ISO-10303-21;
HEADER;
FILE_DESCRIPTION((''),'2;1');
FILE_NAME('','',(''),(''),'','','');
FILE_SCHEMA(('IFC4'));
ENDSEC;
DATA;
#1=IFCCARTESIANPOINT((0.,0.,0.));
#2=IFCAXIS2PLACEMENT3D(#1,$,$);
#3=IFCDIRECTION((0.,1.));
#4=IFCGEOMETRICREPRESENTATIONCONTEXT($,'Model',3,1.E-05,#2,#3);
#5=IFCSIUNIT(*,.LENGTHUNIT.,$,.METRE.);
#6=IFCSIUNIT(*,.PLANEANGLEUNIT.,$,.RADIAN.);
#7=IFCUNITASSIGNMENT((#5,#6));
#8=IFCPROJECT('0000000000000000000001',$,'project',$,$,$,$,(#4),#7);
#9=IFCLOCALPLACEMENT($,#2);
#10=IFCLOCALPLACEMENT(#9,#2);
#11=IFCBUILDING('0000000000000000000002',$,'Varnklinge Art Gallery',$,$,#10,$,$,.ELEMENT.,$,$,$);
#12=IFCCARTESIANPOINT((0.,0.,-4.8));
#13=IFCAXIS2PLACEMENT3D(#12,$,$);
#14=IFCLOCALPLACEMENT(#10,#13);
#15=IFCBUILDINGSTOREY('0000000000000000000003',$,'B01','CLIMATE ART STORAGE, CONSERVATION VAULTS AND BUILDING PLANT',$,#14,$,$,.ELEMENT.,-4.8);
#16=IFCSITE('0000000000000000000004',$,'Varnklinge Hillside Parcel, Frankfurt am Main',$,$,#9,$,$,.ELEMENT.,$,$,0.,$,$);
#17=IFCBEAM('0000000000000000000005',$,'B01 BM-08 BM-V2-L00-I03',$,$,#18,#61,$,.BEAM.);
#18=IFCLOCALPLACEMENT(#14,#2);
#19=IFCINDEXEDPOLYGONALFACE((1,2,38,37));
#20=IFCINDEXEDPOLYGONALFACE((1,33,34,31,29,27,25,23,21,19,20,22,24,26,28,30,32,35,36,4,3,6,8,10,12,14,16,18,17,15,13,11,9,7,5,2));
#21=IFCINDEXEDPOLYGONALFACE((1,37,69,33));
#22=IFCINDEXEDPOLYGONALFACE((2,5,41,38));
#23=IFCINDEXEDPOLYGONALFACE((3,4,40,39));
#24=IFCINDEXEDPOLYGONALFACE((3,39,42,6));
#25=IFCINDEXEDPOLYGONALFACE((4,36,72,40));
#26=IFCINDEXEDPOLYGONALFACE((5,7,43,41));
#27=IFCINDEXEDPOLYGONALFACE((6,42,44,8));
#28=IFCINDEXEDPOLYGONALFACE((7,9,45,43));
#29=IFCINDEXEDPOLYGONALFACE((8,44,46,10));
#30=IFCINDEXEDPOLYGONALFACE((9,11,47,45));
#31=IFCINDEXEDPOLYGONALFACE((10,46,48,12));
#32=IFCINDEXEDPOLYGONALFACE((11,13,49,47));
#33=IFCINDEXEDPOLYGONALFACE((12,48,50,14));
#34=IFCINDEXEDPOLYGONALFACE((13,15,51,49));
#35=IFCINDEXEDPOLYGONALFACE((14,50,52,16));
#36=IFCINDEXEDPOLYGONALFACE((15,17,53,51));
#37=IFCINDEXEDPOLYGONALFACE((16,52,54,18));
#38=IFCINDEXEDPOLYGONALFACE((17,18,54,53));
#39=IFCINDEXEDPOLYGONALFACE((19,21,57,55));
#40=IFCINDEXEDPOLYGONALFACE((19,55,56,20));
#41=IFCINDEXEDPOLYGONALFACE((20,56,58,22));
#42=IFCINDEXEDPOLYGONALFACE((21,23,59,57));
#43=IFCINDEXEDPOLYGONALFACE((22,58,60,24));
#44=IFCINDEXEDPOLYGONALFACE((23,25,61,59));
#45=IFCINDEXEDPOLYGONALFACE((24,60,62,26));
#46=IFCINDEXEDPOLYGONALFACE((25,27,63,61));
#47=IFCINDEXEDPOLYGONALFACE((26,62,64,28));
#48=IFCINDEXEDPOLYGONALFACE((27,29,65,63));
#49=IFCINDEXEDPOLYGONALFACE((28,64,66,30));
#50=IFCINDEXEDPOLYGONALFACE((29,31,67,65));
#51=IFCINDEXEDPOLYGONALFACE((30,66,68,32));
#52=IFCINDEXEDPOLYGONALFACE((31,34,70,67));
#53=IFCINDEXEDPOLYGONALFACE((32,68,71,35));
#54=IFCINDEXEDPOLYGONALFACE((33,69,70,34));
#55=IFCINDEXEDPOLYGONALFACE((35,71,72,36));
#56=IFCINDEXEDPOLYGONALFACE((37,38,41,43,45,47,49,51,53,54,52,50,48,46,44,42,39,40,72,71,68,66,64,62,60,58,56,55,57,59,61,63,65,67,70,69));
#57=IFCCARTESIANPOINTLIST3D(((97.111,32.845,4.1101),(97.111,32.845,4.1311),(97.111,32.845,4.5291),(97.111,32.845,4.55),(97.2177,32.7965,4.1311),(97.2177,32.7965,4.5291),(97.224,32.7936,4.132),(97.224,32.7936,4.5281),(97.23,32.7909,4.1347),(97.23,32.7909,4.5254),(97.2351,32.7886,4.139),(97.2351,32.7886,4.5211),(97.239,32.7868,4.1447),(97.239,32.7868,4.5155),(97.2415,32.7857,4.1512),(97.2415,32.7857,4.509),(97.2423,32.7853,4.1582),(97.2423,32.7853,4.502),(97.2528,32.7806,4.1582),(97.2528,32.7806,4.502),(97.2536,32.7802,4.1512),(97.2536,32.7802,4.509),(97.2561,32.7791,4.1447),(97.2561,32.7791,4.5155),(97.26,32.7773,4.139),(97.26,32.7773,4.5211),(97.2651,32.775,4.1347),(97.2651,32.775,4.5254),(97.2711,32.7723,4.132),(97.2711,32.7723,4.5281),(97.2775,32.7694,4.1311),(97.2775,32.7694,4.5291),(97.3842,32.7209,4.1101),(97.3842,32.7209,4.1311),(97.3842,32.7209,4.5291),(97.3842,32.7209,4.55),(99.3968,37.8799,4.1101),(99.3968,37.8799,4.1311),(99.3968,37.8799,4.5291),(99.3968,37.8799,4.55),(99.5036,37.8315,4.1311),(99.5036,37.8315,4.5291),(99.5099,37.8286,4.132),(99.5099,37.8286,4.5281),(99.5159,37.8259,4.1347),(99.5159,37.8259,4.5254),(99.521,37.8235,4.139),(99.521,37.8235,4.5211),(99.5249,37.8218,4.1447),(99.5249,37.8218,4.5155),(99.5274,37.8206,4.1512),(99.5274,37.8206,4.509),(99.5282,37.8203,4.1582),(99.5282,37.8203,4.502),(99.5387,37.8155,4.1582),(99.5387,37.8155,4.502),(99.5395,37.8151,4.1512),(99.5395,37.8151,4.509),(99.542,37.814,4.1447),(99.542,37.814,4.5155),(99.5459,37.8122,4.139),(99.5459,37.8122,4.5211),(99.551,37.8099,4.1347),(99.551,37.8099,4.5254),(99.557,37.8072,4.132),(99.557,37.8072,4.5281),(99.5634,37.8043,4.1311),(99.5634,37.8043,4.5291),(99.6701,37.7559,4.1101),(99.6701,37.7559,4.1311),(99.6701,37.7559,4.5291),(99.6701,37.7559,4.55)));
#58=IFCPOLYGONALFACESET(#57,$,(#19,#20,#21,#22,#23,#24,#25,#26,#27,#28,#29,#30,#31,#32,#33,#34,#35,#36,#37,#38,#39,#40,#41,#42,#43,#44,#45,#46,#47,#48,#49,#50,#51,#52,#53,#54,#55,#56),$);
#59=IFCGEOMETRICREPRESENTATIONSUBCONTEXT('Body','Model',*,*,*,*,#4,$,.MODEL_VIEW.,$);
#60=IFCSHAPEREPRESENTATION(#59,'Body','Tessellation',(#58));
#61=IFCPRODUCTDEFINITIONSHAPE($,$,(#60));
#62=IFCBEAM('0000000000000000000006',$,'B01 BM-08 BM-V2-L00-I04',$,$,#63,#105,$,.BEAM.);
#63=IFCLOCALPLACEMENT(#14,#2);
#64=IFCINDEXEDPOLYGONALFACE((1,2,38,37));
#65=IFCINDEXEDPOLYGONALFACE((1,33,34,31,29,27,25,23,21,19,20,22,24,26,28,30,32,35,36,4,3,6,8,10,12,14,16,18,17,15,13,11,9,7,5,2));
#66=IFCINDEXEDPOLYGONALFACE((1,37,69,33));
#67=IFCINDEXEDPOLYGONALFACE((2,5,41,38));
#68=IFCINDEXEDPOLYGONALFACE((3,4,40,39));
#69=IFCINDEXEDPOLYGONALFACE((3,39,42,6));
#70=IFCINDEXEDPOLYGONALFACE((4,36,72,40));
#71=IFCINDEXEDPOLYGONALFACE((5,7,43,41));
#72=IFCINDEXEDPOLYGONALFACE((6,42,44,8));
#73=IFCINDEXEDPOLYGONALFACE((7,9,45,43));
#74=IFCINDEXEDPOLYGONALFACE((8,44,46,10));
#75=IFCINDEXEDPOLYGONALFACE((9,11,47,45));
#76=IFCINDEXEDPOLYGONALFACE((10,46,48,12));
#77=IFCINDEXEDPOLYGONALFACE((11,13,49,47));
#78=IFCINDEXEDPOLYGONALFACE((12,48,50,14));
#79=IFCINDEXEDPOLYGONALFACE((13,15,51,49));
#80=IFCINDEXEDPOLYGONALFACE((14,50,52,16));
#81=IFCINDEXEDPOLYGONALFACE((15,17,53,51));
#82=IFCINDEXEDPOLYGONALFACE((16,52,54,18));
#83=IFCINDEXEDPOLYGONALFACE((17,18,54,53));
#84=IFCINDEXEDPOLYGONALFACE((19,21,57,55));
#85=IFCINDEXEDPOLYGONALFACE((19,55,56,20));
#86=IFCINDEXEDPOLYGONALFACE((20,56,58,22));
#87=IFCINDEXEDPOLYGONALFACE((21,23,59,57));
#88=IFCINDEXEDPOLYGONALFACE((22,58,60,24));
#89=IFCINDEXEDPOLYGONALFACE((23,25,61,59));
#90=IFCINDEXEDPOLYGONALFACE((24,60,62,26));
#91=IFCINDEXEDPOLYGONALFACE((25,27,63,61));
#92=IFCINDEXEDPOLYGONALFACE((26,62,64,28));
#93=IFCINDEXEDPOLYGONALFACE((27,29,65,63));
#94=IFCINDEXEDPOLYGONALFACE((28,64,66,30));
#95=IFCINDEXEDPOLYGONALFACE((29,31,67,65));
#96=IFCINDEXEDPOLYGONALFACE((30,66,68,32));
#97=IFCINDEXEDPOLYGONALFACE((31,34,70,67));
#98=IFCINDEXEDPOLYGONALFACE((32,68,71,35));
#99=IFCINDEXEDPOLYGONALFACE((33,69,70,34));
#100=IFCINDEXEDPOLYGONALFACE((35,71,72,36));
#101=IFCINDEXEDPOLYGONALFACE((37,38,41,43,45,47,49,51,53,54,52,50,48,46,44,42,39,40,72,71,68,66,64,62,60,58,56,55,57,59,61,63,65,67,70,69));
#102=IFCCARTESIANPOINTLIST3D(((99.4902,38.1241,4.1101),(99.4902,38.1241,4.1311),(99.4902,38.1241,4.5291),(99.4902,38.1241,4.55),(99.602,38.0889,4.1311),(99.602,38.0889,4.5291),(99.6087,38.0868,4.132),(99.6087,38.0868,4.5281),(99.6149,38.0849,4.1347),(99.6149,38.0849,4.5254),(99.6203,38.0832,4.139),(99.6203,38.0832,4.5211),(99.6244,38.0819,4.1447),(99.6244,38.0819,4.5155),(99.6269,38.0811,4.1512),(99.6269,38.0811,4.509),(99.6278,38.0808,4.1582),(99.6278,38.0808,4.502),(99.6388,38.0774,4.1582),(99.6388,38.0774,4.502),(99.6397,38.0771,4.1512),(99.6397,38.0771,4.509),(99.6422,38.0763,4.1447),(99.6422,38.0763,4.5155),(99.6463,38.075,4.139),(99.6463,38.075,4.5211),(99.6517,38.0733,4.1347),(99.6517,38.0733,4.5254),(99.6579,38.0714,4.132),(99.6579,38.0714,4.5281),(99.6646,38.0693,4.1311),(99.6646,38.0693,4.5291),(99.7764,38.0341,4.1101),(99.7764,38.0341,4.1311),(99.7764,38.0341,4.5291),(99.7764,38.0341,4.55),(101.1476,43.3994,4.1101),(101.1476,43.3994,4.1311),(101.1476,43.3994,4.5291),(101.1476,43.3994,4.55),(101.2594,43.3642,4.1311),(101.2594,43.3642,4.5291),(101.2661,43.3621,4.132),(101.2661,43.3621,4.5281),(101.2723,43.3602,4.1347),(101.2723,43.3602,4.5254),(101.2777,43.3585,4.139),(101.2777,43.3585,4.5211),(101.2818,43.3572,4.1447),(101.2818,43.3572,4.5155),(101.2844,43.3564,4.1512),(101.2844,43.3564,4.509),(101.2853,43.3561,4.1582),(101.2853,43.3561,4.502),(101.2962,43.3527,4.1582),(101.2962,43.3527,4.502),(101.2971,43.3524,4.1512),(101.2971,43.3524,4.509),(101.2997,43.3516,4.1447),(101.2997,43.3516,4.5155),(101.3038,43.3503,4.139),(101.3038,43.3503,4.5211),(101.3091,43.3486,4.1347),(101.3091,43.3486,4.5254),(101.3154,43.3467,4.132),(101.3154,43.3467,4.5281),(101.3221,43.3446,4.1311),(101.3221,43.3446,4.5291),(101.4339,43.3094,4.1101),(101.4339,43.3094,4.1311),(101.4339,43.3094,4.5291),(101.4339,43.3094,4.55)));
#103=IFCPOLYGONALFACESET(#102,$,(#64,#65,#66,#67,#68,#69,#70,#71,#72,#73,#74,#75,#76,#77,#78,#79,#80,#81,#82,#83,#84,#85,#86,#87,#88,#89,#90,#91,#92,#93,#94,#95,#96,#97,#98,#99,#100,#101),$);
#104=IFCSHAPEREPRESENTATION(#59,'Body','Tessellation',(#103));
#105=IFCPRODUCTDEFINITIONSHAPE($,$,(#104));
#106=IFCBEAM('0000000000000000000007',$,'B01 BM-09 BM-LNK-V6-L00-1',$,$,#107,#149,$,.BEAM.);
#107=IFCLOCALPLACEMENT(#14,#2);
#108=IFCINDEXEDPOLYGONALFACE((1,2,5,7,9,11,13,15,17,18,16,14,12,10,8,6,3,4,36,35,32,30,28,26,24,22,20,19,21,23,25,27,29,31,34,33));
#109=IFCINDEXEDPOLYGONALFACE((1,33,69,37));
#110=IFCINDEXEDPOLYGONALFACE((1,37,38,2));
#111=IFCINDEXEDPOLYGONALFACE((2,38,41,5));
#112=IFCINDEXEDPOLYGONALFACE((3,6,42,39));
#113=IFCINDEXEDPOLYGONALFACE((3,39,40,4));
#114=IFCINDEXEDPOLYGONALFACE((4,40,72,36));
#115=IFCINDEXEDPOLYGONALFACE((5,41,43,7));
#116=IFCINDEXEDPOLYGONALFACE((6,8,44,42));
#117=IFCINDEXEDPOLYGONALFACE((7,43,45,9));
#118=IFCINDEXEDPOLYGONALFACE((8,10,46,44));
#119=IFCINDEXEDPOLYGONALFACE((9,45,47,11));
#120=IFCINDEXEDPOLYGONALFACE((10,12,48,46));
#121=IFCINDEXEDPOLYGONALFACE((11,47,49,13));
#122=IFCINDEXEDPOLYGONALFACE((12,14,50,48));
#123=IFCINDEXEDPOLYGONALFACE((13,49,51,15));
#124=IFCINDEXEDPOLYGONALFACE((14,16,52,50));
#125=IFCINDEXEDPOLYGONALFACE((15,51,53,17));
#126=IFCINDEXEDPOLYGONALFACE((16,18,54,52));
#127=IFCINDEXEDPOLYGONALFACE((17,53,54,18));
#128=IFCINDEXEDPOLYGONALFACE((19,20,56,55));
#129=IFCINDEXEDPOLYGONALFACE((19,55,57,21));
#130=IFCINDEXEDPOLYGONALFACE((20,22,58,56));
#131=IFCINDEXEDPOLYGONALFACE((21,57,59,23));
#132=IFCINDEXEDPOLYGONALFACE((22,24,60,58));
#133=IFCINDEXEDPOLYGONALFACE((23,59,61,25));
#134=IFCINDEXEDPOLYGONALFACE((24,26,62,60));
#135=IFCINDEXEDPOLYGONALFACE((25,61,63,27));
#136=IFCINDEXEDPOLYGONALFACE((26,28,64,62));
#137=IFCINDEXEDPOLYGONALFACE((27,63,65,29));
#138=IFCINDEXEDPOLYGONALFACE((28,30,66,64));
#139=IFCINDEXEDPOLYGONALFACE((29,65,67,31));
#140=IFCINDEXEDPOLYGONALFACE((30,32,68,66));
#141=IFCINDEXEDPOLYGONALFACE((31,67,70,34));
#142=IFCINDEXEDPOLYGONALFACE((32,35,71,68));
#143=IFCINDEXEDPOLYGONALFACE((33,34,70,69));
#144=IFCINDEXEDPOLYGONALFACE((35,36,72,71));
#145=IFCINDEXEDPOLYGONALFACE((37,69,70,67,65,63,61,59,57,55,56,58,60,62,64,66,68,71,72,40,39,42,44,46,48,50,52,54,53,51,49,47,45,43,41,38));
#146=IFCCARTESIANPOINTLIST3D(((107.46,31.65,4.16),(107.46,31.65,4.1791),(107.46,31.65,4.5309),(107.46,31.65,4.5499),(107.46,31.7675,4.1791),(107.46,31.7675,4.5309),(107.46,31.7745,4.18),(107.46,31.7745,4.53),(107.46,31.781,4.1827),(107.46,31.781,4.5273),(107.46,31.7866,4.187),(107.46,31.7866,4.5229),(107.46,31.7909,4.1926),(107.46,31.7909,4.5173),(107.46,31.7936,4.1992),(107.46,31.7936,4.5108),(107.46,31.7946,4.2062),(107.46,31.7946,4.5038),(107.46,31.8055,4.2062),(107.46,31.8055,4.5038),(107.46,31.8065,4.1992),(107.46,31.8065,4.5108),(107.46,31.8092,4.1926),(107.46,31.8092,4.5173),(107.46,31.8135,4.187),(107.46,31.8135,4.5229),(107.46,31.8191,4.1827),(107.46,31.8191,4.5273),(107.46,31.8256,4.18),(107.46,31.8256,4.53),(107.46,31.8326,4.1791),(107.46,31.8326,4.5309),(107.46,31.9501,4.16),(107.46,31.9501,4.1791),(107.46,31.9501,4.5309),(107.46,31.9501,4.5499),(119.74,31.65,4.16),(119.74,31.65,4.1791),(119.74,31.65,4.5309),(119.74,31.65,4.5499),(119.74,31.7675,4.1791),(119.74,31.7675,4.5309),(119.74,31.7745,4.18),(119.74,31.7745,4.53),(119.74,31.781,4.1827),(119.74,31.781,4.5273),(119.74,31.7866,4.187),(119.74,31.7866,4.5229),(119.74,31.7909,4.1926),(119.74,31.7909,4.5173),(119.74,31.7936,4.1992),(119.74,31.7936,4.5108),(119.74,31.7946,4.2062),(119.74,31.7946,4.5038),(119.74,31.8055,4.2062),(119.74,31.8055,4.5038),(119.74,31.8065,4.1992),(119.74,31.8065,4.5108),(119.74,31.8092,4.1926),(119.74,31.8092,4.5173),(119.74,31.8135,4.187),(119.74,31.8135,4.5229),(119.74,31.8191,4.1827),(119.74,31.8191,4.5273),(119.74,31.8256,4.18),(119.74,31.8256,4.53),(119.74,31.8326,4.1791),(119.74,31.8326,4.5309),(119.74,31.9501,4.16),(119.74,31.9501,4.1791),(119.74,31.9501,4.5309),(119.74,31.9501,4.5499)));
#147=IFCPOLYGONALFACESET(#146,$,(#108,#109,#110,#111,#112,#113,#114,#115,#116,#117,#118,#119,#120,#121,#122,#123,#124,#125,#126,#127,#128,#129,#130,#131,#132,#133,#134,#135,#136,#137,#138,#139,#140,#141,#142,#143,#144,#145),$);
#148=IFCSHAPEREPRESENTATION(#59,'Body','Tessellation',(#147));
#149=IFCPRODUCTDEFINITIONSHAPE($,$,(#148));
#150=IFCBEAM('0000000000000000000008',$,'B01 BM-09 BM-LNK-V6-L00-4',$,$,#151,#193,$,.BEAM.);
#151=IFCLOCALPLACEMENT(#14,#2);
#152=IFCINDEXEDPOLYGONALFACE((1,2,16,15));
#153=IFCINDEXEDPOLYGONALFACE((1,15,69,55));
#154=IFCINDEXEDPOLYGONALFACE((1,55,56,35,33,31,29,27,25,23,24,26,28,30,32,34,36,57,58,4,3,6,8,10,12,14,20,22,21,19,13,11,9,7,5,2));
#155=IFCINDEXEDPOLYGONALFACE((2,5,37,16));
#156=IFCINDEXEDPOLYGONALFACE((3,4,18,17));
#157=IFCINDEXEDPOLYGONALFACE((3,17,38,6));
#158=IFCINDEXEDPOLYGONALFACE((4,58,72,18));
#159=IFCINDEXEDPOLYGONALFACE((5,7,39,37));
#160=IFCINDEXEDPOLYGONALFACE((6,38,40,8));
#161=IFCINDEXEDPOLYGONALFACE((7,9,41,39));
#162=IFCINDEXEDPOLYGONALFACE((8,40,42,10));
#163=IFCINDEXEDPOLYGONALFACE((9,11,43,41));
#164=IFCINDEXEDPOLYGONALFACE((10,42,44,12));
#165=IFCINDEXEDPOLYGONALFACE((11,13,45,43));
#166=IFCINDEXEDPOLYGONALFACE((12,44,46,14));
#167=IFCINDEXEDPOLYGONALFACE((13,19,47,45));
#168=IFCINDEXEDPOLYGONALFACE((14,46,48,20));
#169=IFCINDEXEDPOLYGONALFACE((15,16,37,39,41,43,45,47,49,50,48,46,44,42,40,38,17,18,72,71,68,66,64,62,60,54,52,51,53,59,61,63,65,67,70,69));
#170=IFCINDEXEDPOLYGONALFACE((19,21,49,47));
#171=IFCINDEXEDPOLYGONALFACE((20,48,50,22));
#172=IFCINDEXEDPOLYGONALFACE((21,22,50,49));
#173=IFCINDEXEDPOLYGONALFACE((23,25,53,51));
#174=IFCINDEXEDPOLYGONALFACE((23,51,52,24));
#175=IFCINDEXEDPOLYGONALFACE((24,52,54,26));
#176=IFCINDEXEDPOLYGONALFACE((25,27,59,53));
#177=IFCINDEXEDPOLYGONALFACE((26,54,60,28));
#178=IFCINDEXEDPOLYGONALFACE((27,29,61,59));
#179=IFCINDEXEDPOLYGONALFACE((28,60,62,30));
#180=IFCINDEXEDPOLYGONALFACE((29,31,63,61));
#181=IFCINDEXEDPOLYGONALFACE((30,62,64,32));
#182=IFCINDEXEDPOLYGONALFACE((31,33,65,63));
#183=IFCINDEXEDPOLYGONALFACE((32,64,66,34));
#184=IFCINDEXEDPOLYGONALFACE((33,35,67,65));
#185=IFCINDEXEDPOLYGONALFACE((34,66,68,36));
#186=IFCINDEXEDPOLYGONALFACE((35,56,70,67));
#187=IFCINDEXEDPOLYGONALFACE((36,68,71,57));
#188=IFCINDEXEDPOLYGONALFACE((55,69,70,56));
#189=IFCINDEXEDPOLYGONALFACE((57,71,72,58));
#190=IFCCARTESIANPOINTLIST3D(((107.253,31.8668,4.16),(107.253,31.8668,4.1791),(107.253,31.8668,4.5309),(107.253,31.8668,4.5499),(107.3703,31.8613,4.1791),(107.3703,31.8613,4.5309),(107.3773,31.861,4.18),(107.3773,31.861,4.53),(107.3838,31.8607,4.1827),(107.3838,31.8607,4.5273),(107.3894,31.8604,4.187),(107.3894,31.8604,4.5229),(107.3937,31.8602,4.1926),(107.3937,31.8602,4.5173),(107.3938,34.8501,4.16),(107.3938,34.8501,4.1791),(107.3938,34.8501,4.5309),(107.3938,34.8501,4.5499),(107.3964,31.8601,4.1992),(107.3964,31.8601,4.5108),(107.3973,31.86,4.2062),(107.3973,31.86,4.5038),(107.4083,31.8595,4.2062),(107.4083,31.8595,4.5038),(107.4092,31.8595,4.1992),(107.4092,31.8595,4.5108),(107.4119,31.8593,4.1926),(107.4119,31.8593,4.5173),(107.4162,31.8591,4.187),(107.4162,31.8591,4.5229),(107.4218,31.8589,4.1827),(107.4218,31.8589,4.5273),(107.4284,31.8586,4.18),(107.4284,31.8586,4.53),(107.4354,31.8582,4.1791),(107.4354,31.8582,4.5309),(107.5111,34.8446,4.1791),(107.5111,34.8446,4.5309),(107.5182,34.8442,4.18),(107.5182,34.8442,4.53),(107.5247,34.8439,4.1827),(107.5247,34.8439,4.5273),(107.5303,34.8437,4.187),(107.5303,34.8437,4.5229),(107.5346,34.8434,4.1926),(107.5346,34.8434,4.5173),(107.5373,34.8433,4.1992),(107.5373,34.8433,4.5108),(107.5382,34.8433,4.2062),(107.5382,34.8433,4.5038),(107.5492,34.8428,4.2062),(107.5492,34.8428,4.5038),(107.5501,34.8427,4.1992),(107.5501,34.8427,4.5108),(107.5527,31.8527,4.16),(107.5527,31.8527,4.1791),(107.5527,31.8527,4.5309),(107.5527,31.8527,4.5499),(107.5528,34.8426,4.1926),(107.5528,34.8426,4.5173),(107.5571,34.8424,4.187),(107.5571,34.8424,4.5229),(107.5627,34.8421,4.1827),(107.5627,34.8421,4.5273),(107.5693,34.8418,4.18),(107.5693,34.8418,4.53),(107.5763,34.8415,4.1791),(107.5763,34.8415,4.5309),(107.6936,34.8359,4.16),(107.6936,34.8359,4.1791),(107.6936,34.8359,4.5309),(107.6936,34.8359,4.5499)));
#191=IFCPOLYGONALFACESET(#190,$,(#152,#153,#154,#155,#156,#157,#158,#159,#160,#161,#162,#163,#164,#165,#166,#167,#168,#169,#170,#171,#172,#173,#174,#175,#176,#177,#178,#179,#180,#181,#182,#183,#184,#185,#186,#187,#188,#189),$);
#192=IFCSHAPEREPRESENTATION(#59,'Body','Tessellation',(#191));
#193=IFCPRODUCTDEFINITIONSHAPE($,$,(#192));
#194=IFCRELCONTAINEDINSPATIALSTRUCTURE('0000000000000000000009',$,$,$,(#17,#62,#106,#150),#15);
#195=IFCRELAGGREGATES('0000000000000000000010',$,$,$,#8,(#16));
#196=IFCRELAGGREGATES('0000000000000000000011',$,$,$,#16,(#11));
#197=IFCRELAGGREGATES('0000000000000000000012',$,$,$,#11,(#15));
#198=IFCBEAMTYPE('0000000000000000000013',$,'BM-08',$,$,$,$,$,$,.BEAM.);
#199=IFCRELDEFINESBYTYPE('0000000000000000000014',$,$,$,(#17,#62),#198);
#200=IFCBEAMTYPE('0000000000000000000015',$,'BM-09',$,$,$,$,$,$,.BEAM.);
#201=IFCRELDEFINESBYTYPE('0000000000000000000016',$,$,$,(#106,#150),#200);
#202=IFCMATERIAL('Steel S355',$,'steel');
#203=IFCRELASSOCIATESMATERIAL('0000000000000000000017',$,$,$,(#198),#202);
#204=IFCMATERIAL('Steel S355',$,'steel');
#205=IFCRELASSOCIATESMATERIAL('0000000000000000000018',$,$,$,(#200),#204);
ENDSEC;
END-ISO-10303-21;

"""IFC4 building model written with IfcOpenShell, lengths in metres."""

from ifc_helpers import new_model, si_unit, direction, frame, origin, origin_2d, place, context, subcontext, project, spatial, i_section, extrude, material, material_profile, profile_set, type_object, element, save


model = new_model("IFC4")

# Units and contexts
model_context = context("Model", 3, precision=1e-05, world=origin(), true_north=direction((0.0, 1.0)))
body_context = subcontext(model_context, "Body", "Model", "MODEL_VIEW")
ifc_project = project(units=[si_unit("LENGTHUNIT", "METRE"), si_unit("PLANEANGLEUNIT", "RADIAN")], contexts=[model_context])

# Site, building, storey
site_placement = place(None, origin())
site = spatial("IfcSite", under=ifc_project, at=site_placement, Name="Varnklinge Hillside Parcel, Frankfurt am Main", CompositionType="ELEMENT", RefElevation=0.0)
building_placement = place(site_placement, origin())
building = spatial("IfcBuilding", under=site, at=building_placement, Name="Varnklinge Art Gallery", CompositionType="ELEMENT")
storey_placement = place(building_placement, frame((0.0, 0.0, -4.8)))
storey = spatial("IfcBuildingStorey", under=building, at=storey_placement, Name="B01", Description="CLIMATE ART STORAGE, CONSERVATION VAULTS AND BUILDING PLANT", CompositionType="ELEMENT", Elevation=-4.8)

# Beams
ifc_material_1 = material(Name="Steel S355", Category="steel")
ifc_material_profile_1 = material_profile(ifc_material_1, i_section(OverallWidth=0.3, OverallDepth=0.4399, WebThickness=0.0115, FlangeThickness=0.021, FilletRadius=0.0271, at=origin_2d()), Name="HEA 450")
ifc_profile_set_1 = profile_set([ifc_material_profile_1], Name="Steel S355")
beam_type_1 = type_object("IfcBeamType", Name="BM-08", PredefinedType="BEAM", material=ifc_profile_set_1)
for number, where, z_axis, x_axis, name in (
    (1, (97.2476, 32.783, 4.3301), (0.413397, 0.910551, 0.0), (-0.910551, 0.413397, 0.0), "B01 BM-08 BM-V2-L00-I03"),
    (2, (99.6333, 38.0791, 4.3301), (0.299743, 0.95402, 0.0), (-0.95402, 0.299743, 0.0), "B01 BM-08 BM-V2-L00-I04"),
):
    element("IfcBeam", number, at=place(storey_placement, frame(where, z_axis=z_axis, x_axis=x_axis)), inside=storey, type_object=beam_type_1, Name=name, PredefinedType="BEAM", context=body_context, shape_type="SweptSolid", body=[
        extrude(i_section(OverallWidth=0.3, OverallDepth=0.4399, WebThickness=0.0115, FlangeThickness=0.021, FilletRadius=0.0271, at=origin_2d()), origin(), (0.0, 0.0, 1.0), 5.5295),
    ])
ifc_material_2 = material(Name="Steel S355", Category="steel")
ifc_material_profile_2 = material_profile(ifc_material_2, i_section(OverallWidth=0.3, OverallDepth=0.3899, WebThickness=0.011, FlangeThickness=0.019, FilletRadius=0.0271, at=origin_2d()), Name="HEA 400")
ifc_profile_set_2 = profile_set([ifc_material_profile_2], Name="Steel S355")
beam_type_2 = type_object("IfcBeamType", Name="BM-09", PredefinedType="BEAM", material=ifc_profile_set_2)
beam_1_placement = place(storey_placement, frame((107.46, 31.8, 4.355), z_axis=(1.0, 0.0, 0.0), x_axis=(0.0, 1.0, 0.0)))
element("IfcBeam", 3, at=beam_1_placement, inside=storey, type_object=beam_type_2, Name="B01 BM-09 BM-LNK-V6-L00-1", PredefinedType="BEAM", context=body_context, shape_type="SweptSolid", body=[
    extrude(i_section(OverallWidth=0.3, OverallDepth=0.3899, WebThickness=0.011, FlangeThickness=0.019, FilletRadius=0.0271, at=origin_2d()), origin(), (0.0, 0.0, 1.0), 12.28),
])
beam_2_placement = place(storey_placement, frame((107.5437, 34.843, 4.355), z_axis=(-0.047169, -0.998887, 0.0), x_axis=(0.998887, -0.047169, 0.0)))
element("IfcBeam", 4, at=beam_2_placement, inside=storey, type_object=beam_type_2, Name="B01 BM-09 BM-LNK-V6-L00-4", PredefinedType="BEAM", context=body_context, shape_type="SweptSolid", body=[
    extrude(i_section(OverallWidth=0.3, OverallDepth=0.3899, WebThickness=0.011, FlangeThickness=0.019, FilletRadius=0.0271, at=origin_2d()), origin(), (0.0, 0.0, 1.0), 2.9866),
])

save(model, "model.ifc")
